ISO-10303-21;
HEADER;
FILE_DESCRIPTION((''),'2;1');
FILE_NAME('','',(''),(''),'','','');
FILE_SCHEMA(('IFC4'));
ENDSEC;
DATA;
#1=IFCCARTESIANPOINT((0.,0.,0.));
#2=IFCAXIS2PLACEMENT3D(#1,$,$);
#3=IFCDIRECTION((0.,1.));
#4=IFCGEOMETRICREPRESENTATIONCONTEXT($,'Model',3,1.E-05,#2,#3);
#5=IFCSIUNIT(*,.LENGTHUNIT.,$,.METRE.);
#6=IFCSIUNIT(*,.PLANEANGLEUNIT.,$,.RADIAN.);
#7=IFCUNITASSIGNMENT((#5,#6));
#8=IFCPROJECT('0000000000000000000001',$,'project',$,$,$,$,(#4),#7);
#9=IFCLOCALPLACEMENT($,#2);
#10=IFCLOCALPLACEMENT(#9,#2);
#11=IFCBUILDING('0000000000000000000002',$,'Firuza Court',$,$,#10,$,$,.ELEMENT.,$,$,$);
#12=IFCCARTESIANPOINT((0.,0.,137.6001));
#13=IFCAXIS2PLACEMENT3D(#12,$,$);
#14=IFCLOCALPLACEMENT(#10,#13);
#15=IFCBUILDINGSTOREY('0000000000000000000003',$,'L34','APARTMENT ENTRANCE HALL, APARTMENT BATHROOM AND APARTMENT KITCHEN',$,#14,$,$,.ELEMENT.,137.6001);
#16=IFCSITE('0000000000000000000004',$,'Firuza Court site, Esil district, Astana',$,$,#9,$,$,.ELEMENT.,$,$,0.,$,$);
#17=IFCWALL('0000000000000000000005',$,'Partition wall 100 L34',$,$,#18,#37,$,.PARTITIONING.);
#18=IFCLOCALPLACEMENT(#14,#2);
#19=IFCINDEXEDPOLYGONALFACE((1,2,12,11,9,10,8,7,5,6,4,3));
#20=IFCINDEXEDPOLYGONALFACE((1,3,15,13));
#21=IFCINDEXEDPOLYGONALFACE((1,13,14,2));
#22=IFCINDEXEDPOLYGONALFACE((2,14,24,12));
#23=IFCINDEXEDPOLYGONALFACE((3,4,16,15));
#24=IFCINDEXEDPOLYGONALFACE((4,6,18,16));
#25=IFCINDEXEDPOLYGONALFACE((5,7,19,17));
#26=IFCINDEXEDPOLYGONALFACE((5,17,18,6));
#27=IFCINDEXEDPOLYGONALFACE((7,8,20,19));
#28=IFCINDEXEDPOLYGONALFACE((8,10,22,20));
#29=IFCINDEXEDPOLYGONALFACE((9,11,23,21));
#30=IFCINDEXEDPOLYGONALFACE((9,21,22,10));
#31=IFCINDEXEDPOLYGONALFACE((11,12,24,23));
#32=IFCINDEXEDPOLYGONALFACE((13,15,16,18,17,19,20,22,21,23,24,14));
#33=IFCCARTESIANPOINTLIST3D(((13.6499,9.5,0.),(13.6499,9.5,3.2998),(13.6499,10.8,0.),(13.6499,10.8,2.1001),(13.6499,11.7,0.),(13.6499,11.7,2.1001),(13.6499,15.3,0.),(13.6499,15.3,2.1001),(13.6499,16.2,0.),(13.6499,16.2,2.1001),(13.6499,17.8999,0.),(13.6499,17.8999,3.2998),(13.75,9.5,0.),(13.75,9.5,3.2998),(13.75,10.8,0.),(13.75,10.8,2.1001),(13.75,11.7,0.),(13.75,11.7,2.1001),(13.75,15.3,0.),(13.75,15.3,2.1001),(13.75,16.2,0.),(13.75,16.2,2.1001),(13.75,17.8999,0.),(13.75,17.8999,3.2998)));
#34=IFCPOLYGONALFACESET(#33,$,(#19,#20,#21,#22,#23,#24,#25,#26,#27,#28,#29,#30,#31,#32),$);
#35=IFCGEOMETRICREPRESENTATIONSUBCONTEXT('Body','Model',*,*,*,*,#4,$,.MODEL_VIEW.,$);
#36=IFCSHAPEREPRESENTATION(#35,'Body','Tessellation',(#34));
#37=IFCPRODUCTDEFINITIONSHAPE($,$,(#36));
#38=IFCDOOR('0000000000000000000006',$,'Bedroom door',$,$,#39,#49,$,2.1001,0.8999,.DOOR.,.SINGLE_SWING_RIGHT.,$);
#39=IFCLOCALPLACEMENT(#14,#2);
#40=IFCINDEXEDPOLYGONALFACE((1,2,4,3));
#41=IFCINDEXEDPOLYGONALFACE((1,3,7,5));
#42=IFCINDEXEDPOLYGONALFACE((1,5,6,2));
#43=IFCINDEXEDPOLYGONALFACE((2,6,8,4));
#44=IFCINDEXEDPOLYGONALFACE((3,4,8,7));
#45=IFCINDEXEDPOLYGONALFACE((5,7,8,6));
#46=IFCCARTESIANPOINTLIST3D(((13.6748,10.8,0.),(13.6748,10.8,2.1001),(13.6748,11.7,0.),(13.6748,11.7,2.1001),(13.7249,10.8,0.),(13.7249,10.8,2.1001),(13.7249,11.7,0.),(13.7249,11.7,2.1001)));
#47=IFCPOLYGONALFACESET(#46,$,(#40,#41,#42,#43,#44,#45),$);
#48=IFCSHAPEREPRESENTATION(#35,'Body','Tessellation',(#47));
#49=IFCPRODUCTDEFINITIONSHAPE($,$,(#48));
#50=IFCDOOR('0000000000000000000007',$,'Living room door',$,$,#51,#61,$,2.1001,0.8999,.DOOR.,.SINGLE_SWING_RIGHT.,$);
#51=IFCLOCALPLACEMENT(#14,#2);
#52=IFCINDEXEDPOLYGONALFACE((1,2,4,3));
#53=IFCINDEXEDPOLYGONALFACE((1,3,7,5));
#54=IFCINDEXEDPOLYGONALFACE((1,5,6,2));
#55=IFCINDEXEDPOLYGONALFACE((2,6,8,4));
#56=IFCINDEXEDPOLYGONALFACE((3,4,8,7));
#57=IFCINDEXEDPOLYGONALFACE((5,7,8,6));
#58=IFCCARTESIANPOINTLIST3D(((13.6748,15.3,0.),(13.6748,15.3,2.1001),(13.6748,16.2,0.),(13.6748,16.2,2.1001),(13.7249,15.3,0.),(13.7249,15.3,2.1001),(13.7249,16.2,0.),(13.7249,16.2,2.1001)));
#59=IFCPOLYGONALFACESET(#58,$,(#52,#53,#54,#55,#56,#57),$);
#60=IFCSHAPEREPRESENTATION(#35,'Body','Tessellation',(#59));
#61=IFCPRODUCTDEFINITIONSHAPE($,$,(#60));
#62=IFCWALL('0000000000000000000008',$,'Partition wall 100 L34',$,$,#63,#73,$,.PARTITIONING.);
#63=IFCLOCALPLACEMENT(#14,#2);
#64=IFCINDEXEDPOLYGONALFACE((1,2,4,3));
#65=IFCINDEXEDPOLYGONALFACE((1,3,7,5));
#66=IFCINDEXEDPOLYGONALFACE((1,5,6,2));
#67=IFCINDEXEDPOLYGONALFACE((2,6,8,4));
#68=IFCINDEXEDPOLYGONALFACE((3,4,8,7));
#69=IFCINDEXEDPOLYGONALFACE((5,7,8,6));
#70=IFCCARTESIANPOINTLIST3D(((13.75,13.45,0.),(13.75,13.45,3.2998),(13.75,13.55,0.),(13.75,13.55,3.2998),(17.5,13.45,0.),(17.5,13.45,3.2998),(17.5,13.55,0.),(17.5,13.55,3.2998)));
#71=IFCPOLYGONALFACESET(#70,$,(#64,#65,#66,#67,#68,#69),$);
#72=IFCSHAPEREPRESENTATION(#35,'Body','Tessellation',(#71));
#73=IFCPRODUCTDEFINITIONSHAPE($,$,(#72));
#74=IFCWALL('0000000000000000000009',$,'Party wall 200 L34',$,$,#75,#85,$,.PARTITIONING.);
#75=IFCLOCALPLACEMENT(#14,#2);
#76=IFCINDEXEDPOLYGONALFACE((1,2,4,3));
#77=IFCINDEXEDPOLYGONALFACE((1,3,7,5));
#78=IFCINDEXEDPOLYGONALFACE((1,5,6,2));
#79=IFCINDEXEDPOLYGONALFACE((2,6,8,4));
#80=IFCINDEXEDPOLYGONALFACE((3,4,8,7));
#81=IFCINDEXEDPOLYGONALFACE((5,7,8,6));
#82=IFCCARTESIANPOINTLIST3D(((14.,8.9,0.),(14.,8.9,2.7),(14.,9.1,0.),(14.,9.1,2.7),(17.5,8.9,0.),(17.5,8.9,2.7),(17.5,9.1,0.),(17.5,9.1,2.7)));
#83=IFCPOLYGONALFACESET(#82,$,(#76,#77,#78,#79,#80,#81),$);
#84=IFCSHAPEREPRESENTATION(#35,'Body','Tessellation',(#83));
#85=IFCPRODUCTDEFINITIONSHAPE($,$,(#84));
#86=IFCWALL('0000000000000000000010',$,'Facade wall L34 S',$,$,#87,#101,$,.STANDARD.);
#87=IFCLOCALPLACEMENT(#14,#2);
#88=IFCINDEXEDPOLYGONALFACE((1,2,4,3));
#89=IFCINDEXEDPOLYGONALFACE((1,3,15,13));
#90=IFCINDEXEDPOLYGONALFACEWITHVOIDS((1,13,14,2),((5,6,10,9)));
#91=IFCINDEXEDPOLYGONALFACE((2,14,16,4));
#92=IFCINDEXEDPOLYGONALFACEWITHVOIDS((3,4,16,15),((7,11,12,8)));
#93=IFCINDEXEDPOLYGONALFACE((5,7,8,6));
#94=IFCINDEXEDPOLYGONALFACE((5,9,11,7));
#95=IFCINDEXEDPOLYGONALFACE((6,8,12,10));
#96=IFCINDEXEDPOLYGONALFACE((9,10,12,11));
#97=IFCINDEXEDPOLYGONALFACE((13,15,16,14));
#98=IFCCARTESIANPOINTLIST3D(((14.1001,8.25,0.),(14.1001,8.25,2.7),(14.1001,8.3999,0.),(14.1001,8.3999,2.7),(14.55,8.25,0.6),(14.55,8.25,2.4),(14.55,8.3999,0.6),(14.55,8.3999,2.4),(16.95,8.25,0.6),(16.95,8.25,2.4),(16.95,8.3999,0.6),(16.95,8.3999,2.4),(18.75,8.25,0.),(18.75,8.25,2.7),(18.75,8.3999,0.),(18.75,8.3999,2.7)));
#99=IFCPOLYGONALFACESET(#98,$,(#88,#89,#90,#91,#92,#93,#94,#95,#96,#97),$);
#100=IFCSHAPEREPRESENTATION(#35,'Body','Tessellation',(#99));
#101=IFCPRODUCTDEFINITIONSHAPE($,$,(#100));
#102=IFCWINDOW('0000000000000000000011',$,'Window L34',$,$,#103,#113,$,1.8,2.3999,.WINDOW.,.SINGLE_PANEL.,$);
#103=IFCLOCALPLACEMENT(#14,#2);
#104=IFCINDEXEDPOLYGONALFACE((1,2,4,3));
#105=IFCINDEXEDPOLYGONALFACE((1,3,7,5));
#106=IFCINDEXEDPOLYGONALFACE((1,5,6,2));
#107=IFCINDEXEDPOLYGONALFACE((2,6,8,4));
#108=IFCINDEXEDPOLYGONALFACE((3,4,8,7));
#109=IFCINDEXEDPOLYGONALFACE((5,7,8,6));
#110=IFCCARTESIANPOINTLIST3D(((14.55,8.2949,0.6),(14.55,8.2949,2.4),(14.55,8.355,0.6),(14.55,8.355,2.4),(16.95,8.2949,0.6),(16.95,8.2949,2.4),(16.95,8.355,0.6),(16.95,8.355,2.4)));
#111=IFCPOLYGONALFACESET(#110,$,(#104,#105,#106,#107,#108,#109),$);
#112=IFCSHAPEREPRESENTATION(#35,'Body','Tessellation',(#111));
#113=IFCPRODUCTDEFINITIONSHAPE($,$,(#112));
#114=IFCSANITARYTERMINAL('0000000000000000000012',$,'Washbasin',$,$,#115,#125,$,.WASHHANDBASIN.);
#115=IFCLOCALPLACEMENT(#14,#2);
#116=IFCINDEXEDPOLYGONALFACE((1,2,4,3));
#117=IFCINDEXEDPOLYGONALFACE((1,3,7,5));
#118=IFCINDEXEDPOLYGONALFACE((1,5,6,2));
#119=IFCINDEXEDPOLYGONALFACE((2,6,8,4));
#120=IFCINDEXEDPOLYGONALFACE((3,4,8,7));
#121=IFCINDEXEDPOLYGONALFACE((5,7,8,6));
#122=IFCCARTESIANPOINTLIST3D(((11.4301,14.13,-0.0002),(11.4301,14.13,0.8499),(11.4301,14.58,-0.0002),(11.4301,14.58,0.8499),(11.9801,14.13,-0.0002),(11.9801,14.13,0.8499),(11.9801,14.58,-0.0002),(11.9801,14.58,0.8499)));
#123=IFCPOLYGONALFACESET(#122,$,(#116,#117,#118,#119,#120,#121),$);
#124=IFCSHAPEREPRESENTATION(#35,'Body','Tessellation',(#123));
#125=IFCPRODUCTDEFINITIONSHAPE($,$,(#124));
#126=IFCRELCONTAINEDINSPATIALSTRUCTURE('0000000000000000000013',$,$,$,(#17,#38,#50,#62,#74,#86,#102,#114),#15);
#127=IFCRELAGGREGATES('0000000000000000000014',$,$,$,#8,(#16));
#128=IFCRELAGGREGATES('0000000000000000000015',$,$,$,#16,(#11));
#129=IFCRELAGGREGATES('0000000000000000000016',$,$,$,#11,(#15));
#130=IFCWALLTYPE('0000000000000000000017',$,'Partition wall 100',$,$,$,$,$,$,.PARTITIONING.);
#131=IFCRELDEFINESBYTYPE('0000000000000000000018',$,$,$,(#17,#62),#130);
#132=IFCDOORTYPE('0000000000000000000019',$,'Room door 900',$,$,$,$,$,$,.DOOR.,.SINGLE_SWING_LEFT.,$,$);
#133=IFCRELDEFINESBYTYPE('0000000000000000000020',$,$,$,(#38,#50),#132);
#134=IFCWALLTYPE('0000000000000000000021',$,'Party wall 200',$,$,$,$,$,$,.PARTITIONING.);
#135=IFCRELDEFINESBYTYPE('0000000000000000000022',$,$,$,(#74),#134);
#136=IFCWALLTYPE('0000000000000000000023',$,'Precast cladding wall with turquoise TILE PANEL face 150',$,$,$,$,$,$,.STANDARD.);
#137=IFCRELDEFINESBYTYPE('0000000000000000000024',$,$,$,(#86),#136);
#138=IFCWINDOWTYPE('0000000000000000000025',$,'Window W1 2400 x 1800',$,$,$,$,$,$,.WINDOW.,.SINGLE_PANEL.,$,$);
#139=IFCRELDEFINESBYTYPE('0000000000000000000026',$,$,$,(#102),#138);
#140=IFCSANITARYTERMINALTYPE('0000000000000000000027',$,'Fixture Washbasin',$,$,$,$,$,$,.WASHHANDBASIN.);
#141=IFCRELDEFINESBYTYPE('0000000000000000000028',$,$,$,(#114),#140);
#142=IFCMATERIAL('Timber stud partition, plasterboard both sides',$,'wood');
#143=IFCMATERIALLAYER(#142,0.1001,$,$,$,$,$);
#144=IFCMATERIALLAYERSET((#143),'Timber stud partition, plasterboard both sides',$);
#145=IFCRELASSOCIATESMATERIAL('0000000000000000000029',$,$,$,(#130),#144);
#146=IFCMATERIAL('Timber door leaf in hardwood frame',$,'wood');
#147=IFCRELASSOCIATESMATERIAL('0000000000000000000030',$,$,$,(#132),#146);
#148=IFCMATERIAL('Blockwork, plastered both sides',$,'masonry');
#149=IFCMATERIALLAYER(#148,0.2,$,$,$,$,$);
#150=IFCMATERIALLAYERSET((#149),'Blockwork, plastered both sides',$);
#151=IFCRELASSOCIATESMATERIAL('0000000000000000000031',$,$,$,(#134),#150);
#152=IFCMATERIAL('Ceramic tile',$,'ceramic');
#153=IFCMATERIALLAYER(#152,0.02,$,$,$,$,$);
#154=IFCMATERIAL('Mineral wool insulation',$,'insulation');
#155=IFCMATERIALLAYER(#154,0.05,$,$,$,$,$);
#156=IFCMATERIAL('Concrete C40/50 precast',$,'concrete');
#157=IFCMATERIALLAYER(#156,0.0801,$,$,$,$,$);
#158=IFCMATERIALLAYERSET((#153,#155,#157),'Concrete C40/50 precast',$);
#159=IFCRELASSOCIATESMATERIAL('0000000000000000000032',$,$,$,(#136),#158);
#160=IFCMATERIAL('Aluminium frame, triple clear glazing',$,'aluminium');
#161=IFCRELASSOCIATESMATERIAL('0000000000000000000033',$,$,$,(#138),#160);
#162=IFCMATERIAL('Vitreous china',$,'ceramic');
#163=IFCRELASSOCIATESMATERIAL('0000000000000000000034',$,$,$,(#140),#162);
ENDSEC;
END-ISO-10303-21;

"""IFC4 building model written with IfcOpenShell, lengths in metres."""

from ifc_helpers import new_model, si_unit, direction, frame, frame_2d, origin, origin_2d, place, context, subcontext, project, spatial, rectangle, extrude, material, layer, layer_set, type_object, element, fill, save


model = new_model("IFC4")

# Units and contexts
model_context = context("Model", 3, precision=1e-05, world=origin(), true_north=direction((0.0, 1.0)))
body_context = subcontext(model_context, "Body", "Model", "MODEL_VIEW")
ifc_project = project(units=[si_unit("LENGTHUNIT", "METRE"), si_unit("PLANEANGLEUNIT", "RADIAN")], contexts=[model_context])

# Site, building, storey
site_placement = place(None, origin())
site = spatial("IfcSite", under=ifc_project, at=site_placement, Name="Firuza Court site, Esil district, Astana", CompositionType="ELEMENT", RefElevation=0.0)
building_placement = place(site_placement, origin())
building = spatial("IfcBuilding", under=site, at=building_placement, Name="Firuza Court", CompositionType="ELEMENT")
storey_placement = place(building_placement, frame((0.0, 0.0, 137.6001)))
storey = spatial("IfcBuildingStorey", under=building, at=storey_placement, Name="L34", Description="APARTMENT ENTRANCE HALL, APARTMENT BATHROOM AND APARTMENT KITCHEN", CompositionType="ELEMENT", Elevation=137.6001)

# Wall, openings, doors
ifc_material_1 = material(Name="Timber stud partition, plasterboard both sides", Category="wood")
ifc_layer_1 = layer(ifc_material_1, 0.1001)
ifc_layer_set_1 = layer_set([ifc_layer_1], Name="Timber stud partition, plasterboard both sides")
wall_type_1 = type_object("IfcWallType", Name="Partition wall 100", PredefinedType="PARTITIONING", material=ifc_layer_set_1)
ifc_material_2 = material(Name="Timber door leaf in hardwood frame", Category="wood")
door_type_1 = type_object("IfcDoorType", Name="Room door 900", OperationType="SINGLE_SWING_LEFT", PredefinedType="DOOR", material=ifc_material_2)
wall_1_placement = place(storey_placement, frame((13.7, 9.5, 0.0), z_axis=(0.0, 0.0, 1.0), x_axis=(0.0, 1.0, 0.0)))
wall_1 = element("IfcWall", 1, at=wall_1_placement, inside=storey, type_object=wall_type_1, Name="Partition wall 100 L34", PredefinedType="PARTITIONING", context=body_context, shape_type="SweptSolid", body=[
    extrude(rectangle(XDim=8.3999, YDim=0.1001, at=frame_2d((4.2, 0.0))), origin(), (0.0, 0.0, 1.0), 3.2998),
])
opening_1_placement = place(wall_1_placement, frame((1.3, 0.0, 0.0)))
opening_1 = element("IfcOpeningElement", 2, at=opening_1_placement, cuts=wall_1, PredefinedType="OPENING", context=body_context, shape_type="SweptSolid", body=[
    extrude(rectangle(XDim=0.8999, YDim=2.1001, at=frame_2d((0.45, 1.05))), frame((0.0, 0.062, 0.0), z_axis=(0.0, -1.0, 0.0), x_axis=(1.0, 0.0, 0.0)), (0.0, 0.0, 1.0), 0.124),
])
opening_2_placement = place(wall_1_placement, frame((5.8, 0.0, 0.0)))
opening_2 = element("IfcOpeningElement", 3, at=opening_2_placement, cuts=wall_1, PredefinedType="OPENING", context=body_context, shape_type="SweptSolid", body=[
    extrude(rectangle(XDim=0.8999, YDim=2.1001, at=frame_2d((0.45, 1.05))), frame((0.0, 0.062, 0.0), z_axis=(0.0, -1.0, 0.0), x_axis=(1.0, 0.0, 0.0)), (0.0, 0.0, 1.0), 0.124),
])
door_1_placement = place(opening_1_placement, frame((0.8999, 0.0, 0.0), z_axis=(0.0, 0.0, 1.0), x_axis=(-1.0, 0.0, 0.0)))
door_1 = element("IfcDoor", 4, at=door_1_placement, inside=storey, type_object=door_type_1, Name="Bedroom door", OperationType="SINGLE_SWING_RIGHT", OverallHeight=2.1001, OverallWidth=0.8999, PredefinedType="DOOR", context=body_context, shape_type="SweptSolid", body=[
    extrude(rectangle(XDim=0.8999, YDim=2.1001, at=frame_2d((0.45, 1.05))), frame((0.0, 0.0249, 0.0), z_axis=(0.0, -1.0, 0.0), x_axis=(1.0, 0.0, 0.0)), (0.0, 0.0, 1.0), 0.05),
])
fill(opening_1, door_1)
door_2_placement = place(opening_2_placement, frame((0.8999, 0.0, 0.0), z_axis=(0.0, 0.0, 1.0), x_axis=(-1.0, 0.0, 0.0)))
door_2 = element("IfcDoor", 5, at=door_2_placement, inside=storey, type_object=door_type_1, Name="Living room door", OperationType="SINGLE_SWING_RIGHT", OverallHeight=2.1001, OverallWidth=0.8999, PredefinedType="DOOR", context=body_context, shape_type="SweptSolid", body=[
    extrude(rectangle(XDim=0.8999, YDim=2.1001, at=frame_2d((0.45, 1.05))), frame((0.0, 0.0249, 0.0), z_axis=(0.0, -1.0, 0.0), x_axis=(1.0, 0.0, 0.0)), (0.0, 0.0, 1.0), 0.05),
])
fill(opening_2, door_2)

# Walls
wall_2_placement = place(storey_placement, frame((13.75, 13.5, 0.0), z_axis=(0.0, 0.0, 1.0), x_axis=(1.0, 0.0, 0.0)))
element("IfcWall", 6, at=wall_2_placement, inside=storey, type_object=wall_type_1, Name="Partition wall 100 L34", PredefinedType="PARTITIONING", context=body_context, shape_type="SweptSolid", body=[
    extrude(rectangle(XDim=3.75, YDim=0.1001, at=frame_2d((1.875, 0.0))), origin(), (0.0, 0.0, 1.0), 3.2998),
])
ifc_material_3 = material(Name="Blockwork, plastered both sides", Category="masonry")
ifc_layer_2 = layer(ifc_material_3, 0.2)
ifc_layer_set_2 = layer_set([ifc_layer_2], Name="Blockwork, plastered both sides")
wall_type_2 = type_object("IfcWallType", Name="Party wall 200", PredefinedType="PARTITIONING", material=ifc_layer_set_2)
wall_3_placement = place(storey_placement, frame((14.0, 9.0, 0.0), z_axis=(0.0, 0.0, 1.0), x_axis=(1.0, 0.0, 0.0)))
element("IfcWall", 7, at=wall_3_placement, inside=storey, type_object=wall_type_2, Name="Party wall 200 L34", PredefinedType="PARTITIONING", context=body_context, shape_type="SweptSolid", body=[
    extrude(rectangle(XDim=3.5, YDim=0.2, at=frame_2d((1.75, 0.0))), origin(), (0.0, 0.0, 1.0), 2.7),
])

# Wall, opening, window
ifc_material_4 = material(Name="Ceramic tile", Category="ceramic")
ifc_layer_3 = layer(ifc_material_4, 0.02)
ifc_material_5 = material(Name="Mineral wool insulation", Category="insulation")
ifc_layer_4 = layer(ifc_material_5, 0.05)
ifc_material_6 = material(Name="Concrete C40/50 precast", Category="concrete")
ifc_layer_5 = layer(ifc_material_6, 0.0801)
ifc_layer_set_3 = layer_set([ifc_layer_3, ifc_layer_4, ifc_layer_5], Name="Concrete C40/50 precast")
wall_type_3 = type_object("IfcWallType", Name="Precast cladding wall with turquoise TILE PANEL face 150", PredefinedType="STANDARD", material=ifc_layer_set_3)
wall_4_placement = place(storey_placement, frame((14.1001, 8.325, 0.0), z_axis=(0.0, 0.0, 1.0), x_axis=(1.0, 0.0, 0.0)))
wall_4 = element("IfcWall", 8, at=wall_4_placement, inside=storey, type_object=wall_type_3, Name="Facade wall L34 S", PredefinedType="STANDARD", context=body_context, shape_type="SweptSolid", body=[
    extrude(rectangle(XDim=4.6499, YDim=0.1499, at=frame_2d((2.325, 0.0))), origin(), (0.0, 0.0, 1.0), 2.7),
])
opening_3_placement = place(wall_4_placement, frame((0.45, 0.0, 0.6001)))
opening_3 = element("IfcOpeningElement", 9, at=opening_3_placement, cuts=wall_4, PredefinedType="OPENING", context=body_context, shape_type="SweptSolid", body=[
    extrude(rectangle(XDim=2.3999, YDim=1.8, at=frame_2d((1.2, 0.8999))), frame((0.0, 0.0869, 0.0), z_axis=(0.0, -1.0, 0.0), x_axis=(1.0, 0.0, 0.0)), (0.0, 0.0, 1.0), 0.1738),
])
ifc_material_7 = material(Name="Aluminium frame, triple clear glazing", Category="aluminium")
window_type = type_object("IfcWindowType", Name="Window W1 2400 x 1800", PartitioningType="SINGLE_PANEL", PredefinedType="WINDOW", material=ifc_material_7)
window_placement = place(opening_3_placement, origin())
window = element("IfcWindow", 10, at=window_placement, inside=storey, type_object=window_type, Name="Window L34", OverallHeight=1.8, OverallWidth=2.3999, PartitioningType="SINGLE_PANEL", PredefinedType="WINDOW", context=body_context, shape_type="SweptSolid", body=[
    extrude(rectangle(XDim=2.3999, YDim=1.8, at=frame_2d((1.2, 0.8999))), frame((0.0, 0.03, 0.0), z_axis=(0.0, -1.0, 0.0), x_axis=(1.0, 0.0, 0.0)), (0.0, 0.0, 1.0), 0.0601),
])
fill(opening_3, window)

# Sanitary terminal
ifc_material_8 = material(Name="Vitreous china", Category="ceramic")
sanitary_terminal_type = type_object("IfcSanitaryTerminalType", Name="Fixture Washbasin", PredefinedType="WASHHANDBASIN", material=ifc_material_8)
sanitary_terminal_placement = place(storey_placement, frame((11.7051, 14.355, -0.0002), z_axis=(0.0, 0.0, 1.0), x_axis=(1.0, 0.0, 0.0)))
element("IfcSanitaryTerminal", 11, at=sanitary_terminal_placement, inside=storey, type_object=sanitary_terminal_type, Name="Washbasin", PredefinedType="WASHHANDBASIN", context=body_context, shape_type="SweptSolid", body=[
    extrude(rectangle(XDim=0.55, YDim=0.45, at=origin_2d()), origin(), (0.0, 0.0, 1.0), 0.8501),
])

save(model, "model.ifc")
